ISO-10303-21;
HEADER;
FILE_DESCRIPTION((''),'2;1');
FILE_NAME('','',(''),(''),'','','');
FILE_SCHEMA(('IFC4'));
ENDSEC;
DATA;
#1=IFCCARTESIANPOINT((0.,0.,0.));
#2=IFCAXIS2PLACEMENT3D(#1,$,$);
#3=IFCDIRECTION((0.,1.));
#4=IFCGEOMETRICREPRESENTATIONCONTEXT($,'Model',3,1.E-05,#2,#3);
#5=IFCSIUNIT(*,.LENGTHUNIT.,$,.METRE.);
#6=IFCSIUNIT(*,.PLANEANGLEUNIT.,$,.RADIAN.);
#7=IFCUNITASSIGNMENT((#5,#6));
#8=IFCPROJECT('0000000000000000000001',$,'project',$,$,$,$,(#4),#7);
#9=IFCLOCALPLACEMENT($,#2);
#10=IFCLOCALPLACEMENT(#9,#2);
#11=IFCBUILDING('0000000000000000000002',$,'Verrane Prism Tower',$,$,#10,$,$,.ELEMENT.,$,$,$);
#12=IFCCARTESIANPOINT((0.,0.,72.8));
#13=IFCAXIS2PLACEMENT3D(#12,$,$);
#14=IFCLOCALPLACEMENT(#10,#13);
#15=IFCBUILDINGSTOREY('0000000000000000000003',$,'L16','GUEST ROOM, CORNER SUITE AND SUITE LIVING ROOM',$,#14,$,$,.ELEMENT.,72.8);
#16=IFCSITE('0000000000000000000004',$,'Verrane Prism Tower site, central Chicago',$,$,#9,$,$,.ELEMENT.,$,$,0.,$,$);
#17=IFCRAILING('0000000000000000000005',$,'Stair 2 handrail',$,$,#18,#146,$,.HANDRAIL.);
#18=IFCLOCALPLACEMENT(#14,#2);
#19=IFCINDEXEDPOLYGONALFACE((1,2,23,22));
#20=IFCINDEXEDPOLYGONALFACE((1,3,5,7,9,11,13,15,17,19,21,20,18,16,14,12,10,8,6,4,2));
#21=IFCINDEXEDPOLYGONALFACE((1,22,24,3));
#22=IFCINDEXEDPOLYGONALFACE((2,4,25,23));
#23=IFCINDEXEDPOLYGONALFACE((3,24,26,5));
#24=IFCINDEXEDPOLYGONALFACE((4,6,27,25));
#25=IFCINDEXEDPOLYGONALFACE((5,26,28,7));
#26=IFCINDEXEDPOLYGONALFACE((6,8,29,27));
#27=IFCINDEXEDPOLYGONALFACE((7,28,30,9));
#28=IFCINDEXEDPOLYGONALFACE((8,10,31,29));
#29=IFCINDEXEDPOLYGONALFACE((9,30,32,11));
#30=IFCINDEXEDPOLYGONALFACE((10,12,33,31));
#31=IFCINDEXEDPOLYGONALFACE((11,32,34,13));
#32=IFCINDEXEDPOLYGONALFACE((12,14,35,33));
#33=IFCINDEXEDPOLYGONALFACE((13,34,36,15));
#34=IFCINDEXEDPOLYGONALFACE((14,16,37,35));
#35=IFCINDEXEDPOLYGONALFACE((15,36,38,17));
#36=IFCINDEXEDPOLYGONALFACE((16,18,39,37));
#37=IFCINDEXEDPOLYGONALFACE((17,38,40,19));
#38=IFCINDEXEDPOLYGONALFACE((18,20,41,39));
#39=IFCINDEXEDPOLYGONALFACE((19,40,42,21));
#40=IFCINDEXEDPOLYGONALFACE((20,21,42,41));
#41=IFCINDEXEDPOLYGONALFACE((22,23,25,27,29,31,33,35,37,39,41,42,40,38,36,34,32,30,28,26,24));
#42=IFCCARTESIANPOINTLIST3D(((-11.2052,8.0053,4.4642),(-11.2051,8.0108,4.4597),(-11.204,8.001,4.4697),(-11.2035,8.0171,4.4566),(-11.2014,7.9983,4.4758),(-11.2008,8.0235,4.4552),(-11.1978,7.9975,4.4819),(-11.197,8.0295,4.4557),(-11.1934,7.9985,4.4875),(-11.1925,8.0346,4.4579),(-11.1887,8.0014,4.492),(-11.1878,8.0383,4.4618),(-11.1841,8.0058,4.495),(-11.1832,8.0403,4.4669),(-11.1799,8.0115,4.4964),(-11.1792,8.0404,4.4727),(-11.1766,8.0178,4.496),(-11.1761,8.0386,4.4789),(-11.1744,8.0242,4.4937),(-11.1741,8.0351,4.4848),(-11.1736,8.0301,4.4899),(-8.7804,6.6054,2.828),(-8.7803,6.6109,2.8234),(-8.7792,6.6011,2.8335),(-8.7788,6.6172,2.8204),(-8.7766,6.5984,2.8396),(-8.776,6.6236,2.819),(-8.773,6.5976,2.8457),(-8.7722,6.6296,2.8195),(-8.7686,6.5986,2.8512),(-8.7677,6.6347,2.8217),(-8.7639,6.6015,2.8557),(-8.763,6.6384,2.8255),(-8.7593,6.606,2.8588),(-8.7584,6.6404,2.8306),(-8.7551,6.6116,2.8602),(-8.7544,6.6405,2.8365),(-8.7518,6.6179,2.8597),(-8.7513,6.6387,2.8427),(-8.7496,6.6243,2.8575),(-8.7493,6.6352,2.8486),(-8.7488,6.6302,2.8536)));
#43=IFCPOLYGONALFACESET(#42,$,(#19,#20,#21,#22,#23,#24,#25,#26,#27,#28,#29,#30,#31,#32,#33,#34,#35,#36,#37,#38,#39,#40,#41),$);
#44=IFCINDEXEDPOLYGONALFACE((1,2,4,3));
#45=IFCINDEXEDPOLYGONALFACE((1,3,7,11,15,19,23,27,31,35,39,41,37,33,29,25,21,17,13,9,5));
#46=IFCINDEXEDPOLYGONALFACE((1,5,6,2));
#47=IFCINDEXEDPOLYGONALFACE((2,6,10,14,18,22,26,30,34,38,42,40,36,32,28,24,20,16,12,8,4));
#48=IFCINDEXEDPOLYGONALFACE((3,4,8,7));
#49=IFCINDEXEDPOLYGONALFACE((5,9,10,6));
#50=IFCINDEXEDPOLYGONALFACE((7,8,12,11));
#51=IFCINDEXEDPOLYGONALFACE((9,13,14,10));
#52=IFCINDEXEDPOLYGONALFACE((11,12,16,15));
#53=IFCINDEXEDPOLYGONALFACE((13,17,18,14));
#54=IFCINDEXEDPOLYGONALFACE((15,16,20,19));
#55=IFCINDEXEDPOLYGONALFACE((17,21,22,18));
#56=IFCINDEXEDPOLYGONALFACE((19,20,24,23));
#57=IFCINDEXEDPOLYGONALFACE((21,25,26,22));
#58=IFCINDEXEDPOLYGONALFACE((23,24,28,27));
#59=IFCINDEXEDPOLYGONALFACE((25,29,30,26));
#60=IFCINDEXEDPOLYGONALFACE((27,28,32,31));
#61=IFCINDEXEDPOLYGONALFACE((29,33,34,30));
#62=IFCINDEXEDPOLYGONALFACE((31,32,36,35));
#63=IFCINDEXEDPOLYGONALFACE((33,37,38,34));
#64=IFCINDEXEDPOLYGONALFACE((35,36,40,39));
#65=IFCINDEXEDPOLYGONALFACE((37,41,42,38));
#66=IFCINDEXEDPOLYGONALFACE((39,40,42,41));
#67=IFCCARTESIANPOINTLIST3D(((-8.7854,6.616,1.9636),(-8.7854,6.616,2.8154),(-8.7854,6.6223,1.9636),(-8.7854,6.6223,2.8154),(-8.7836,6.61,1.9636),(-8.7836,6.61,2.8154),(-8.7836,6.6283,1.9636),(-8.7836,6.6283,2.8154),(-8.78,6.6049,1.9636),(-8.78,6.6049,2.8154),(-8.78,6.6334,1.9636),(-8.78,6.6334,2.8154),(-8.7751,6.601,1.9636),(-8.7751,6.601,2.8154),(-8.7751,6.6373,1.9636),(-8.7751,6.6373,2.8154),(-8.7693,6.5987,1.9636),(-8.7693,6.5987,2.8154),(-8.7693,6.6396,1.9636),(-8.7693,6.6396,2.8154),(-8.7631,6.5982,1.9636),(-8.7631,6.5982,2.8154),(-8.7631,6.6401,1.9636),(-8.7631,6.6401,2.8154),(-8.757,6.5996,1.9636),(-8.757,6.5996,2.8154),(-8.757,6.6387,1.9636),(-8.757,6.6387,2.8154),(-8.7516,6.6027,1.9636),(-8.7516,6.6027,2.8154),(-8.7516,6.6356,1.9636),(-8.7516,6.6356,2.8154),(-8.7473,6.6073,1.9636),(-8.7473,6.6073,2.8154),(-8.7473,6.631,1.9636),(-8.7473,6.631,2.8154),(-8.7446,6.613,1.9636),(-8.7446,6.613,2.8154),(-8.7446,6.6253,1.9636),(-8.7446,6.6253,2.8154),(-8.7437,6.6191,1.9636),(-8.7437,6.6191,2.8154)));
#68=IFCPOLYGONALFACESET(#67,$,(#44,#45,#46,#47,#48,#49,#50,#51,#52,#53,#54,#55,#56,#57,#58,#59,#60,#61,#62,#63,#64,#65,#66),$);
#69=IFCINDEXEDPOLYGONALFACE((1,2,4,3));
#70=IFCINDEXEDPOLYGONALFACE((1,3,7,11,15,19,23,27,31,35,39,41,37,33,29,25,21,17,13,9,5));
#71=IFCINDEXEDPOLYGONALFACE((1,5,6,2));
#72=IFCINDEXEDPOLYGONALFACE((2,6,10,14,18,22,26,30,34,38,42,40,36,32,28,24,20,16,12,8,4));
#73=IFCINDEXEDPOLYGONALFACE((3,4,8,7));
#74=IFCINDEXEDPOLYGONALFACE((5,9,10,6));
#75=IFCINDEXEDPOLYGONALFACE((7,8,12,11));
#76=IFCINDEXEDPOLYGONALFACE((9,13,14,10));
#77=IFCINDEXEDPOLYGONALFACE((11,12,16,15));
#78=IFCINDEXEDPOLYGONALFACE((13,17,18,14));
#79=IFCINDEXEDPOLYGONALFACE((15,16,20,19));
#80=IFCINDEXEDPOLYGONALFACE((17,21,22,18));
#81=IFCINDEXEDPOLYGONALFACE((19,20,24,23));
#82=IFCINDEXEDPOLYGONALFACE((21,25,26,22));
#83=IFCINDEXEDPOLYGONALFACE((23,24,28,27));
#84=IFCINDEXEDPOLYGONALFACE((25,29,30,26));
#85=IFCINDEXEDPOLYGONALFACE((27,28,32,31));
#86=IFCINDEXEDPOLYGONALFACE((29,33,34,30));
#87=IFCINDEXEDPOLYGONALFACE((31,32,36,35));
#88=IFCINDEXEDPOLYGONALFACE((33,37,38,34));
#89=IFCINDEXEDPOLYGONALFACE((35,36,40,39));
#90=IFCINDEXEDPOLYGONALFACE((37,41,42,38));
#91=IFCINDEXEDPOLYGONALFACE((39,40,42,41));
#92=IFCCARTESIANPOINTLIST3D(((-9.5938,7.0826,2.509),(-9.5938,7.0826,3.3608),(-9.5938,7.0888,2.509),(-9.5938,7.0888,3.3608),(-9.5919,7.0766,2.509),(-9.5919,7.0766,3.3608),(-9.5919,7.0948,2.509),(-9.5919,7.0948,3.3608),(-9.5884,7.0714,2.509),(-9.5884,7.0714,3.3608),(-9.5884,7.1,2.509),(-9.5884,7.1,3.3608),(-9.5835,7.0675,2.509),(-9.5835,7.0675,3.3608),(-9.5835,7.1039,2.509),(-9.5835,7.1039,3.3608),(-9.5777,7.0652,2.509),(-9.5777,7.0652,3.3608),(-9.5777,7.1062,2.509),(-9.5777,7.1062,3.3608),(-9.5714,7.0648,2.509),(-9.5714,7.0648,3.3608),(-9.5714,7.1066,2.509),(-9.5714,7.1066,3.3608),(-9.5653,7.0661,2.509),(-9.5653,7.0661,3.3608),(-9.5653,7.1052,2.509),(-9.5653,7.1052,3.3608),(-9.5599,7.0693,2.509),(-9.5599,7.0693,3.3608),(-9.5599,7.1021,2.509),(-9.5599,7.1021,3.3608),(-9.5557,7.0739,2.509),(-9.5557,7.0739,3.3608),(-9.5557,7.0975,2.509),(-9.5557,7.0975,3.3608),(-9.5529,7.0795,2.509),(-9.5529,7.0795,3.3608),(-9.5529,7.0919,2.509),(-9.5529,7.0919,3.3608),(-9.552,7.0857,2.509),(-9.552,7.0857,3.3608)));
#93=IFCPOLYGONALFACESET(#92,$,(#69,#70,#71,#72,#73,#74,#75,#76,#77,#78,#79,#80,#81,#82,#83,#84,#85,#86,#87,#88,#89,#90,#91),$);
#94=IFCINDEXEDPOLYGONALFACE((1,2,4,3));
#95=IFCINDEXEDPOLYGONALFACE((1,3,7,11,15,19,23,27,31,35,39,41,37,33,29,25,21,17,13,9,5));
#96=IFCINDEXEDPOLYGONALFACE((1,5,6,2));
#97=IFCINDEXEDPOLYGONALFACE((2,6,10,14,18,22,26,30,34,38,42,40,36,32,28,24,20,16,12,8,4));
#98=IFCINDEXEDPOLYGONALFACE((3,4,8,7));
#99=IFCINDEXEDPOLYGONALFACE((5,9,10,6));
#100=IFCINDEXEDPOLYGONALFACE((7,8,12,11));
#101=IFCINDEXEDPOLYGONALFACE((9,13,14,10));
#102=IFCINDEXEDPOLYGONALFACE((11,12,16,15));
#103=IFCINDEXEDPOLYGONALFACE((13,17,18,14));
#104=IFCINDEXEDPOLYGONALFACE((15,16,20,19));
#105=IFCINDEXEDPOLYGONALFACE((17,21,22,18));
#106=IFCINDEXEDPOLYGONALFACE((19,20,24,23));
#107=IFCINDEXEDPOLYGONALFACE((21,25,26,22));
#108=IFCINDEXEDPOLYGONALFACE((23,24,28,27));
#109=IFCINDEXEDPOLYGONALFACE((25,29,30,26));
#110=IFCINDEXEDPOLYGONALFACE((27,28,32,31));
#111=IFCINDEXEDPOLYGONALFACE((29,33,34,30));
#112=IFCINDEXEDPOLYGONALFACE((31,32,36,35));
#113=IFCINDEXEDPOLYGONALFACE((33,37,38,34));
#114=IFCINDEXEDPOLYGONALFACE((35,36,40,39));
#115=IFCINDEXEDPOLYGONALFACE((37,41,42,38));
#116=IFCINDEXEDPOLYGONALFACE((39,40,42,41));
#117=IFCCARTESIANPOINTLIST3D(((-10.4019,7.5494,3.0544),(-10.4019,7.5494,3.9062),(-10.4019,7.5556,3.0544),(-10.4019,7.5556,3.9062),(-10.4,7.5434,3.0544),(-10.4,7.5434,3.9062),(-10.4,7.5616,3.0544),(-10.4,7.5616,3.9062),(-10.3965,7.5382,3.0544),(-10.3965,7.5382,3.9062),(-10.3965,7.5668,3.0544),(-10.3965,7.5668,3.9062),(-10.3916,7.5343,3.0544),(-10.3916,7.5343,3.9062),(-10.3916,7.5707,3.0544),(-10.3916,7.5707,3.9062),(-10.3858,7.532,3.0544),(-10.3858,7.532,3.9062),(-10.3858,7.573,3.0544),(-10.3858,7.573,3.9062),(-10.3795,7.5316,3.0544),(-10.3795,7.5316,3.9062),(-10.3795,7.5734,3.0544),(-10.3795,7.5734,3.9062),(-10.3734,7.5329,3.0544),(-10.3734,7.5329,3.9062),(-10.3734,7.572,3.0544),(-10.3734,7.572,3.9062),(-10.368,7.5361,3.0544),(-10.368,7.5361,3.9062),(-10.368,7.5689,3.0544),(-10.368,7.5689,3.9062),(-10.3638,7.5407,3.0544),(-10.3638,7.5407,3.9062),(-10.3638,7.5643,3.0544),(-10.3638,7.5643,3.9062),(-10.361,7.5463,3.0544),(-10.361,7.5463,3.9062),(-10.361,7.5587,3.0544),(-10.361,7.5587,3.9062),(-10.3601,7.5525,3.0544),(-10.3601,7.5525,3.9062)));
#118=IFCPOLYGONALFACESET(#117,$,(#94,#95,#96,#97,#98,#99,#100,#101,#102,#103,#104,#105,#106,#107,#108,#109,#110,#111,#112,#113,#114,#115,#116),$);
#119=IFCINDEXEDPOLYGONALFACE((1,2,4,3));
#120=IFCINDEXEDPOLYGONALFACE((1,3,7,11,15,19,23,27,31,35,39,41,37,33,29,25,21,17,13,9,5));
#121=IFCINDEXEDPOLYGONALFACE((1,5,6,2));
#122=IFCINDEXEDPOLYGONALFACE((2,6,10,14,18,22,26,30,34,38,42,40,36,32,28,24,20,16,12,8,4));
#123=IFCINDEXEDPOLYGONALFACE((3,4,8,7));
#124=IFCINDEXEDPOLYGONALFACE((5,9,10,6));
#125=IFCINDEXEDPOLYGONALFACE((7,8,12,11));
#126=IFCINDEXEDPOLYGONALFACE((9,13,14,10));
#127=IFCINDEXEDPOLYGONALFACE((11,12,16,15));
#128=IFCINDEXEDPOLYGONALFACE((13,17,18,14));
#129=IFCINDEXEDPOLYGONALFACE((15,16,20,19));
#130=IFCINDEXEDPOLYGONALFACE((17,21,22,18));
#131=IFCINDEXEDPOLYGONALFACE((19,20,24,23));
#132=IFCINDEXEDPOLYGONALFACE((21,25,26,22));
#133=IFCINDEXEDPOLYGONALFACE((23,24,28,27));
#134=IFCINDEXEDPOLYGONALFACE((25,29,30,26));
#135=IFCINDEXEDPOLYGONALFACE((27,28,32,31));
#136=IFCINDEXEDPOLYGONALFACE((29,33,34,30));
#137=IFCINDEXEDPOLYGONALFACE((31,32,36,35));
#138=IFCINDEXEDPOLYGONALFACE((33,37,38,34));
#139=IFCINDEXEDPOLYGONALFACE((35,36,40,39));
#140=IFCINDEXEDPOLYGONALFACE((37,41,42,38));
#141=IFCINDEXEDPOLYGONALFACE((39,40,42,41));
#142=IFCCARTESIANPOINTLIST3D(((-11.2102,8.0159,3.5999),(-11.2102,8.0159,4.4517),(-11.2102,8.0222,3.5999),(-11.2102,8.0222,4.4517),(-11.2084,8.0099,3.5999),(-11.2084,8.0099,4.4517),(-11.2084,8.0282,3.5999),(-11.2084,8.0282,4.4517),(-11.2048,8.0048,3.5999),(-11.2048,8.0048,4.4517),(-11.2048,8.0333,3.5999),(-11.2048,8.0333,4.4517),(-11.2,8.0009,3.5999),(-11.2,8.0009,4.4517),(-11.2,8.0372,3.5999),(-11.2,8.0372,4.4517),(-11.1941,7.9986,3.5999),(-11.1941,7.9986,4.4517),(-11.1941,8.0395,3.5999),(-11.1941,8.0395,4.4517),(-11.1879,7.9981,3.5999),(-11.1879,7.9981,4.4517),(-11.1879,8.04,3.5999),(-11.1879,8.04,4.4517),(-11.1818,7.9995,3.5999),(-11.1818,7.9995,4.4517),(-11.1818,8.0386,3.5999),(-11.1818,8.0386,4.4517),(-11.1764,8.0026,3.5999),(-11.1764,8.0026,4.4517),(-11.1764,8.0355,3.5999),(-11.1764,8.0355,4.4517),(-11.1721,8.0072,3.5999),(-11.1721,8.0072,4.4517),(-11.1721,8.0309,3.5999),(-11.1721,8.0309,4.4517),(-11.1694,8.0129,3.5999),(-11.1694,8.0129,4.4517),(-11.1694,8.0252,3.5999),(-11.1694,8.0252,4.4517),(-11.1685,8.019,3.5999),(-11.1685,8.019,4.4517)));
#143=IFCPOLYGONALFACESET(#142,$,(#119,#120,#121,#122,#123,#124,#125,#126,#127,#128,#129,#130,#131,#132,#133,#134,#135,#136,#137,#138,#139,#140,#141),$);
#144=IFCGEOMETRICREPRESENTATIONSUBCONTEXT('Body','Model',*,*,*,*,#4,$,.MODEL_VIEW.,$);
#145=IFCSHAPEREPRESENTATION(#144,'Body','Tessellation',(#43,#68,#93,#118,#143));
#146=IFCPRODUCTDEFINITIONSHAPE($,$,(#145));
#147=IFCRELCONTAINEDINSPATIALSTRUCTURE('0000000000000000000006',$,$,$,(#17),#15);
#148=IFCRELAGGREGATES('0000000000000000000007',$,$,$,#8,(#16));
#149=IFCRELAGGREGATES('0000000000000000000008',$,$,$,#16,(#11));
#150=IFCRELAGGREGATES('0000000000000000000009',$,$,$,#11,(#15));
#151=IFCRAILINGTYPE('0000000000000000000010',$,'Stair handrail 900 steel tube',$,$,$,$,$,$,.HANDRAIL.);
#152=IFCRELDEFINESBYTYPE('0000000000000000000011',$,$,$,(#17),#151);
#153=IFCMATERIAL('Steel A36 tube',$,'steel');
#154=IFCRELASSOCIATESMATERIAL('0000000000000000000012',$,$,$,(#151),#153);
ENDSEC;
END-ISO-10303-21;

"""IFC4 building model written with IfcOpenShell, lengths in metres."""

from ifc_helpers import new_model, si_unit, direction, frame, origin, origin_2d, place, context, subcontext, project, spatial, circle, extrude, material, type_object, element, save


model = new_model("IFC4")

# Units and contexts
model_context = context("Model", 3, precision=1e-05, world=origin(), true_north=direction((0.0, 1.0)))
body_context = subcontext(model_context, "Body", "Model", "MODEL_VIEW")
ifc_project = project(units=[si_unit("LENGTHUNIT", "METRE"), si_unit("PLANEANGLEUNIT", "RADIAN")], contexts=[model_context])

# Site, building, storey
site_placement = place(None, origin())
site = spatial("IfcSite", under=ifc_project, at=site_placement, Name="Verrane Prism Tower site, central Chicago", CompositionType="ELEMENT", RefElevation=0.0)
building_placement = place(site_placement, origin())
building = spatial("IfcBuilding", under=site, at=building_placement, Name="Verrane Prism Tower", CompositionType="ELEMENT")
storey_placement = place(building_placement, frame((0.0, 0.0, 72.8)))
storey = spatial("IfcBuildingStorey", under=building, at=storey_placement, Name="L16", Description="GUEST ROOM, CORNER SUITE AND SUITE LIVING ROOM", CompositionType="ELEMENT", Elevation=72.8)

# Railing
ifc_material_1 = material(Name="Steel A36 tube", Category="steel")
railing_type_1 = type_object("IfcRailingType", Name="Stair handrail 900 steel tube", PredefinedType="HANDRAIL", material=ifc_material_1)
railing_1_placement = place(storey_placement, frame((-8.7646, 6.6191, 1.9636)))
element("IfcRailing", 1, at=railing_1_placement, inside=storey, type_object=railing_type_1, Name="Stair 2 handrail", PredefinedType="HANDRAIL", context=body_context, shape_type="SweptSolid", body=[
    extrude(circle(Radius=0.0239, at=origin_2d()), frame((0.0, 0.0, 0.876), z_axis=(-0.747718, 0.431677, 0.504552), x_axis=(-0.499984, -0.866035, 0.0)), (0.0, 0.0, 1.0), 3.2429),
    extrude(circle(Radius=0.021, at=origin_2d()), origin(), (0.0, 0.0, 1.0), 0.8518),
    extrude(circle(Radius=0.021, at=origin_2d()), frame((-0.8083, 0.4666, 0.5454)), (0.0, 0.0, 1.0), 0.8518),
    extrude(circle(Radius=0.021, at=origin_2d()), frame((-1.6165, 0.9333, 1.0908)), (0.0, 0.0, 1.0), 0.8518),
    extrude(circle(Radius=0.021, at=origin_2d()), frame((-2.4248, 1.3999, 1.6362)), (0.0, 0.0, 1.0), 0.8518),
])

save(model, "model.ifc")
